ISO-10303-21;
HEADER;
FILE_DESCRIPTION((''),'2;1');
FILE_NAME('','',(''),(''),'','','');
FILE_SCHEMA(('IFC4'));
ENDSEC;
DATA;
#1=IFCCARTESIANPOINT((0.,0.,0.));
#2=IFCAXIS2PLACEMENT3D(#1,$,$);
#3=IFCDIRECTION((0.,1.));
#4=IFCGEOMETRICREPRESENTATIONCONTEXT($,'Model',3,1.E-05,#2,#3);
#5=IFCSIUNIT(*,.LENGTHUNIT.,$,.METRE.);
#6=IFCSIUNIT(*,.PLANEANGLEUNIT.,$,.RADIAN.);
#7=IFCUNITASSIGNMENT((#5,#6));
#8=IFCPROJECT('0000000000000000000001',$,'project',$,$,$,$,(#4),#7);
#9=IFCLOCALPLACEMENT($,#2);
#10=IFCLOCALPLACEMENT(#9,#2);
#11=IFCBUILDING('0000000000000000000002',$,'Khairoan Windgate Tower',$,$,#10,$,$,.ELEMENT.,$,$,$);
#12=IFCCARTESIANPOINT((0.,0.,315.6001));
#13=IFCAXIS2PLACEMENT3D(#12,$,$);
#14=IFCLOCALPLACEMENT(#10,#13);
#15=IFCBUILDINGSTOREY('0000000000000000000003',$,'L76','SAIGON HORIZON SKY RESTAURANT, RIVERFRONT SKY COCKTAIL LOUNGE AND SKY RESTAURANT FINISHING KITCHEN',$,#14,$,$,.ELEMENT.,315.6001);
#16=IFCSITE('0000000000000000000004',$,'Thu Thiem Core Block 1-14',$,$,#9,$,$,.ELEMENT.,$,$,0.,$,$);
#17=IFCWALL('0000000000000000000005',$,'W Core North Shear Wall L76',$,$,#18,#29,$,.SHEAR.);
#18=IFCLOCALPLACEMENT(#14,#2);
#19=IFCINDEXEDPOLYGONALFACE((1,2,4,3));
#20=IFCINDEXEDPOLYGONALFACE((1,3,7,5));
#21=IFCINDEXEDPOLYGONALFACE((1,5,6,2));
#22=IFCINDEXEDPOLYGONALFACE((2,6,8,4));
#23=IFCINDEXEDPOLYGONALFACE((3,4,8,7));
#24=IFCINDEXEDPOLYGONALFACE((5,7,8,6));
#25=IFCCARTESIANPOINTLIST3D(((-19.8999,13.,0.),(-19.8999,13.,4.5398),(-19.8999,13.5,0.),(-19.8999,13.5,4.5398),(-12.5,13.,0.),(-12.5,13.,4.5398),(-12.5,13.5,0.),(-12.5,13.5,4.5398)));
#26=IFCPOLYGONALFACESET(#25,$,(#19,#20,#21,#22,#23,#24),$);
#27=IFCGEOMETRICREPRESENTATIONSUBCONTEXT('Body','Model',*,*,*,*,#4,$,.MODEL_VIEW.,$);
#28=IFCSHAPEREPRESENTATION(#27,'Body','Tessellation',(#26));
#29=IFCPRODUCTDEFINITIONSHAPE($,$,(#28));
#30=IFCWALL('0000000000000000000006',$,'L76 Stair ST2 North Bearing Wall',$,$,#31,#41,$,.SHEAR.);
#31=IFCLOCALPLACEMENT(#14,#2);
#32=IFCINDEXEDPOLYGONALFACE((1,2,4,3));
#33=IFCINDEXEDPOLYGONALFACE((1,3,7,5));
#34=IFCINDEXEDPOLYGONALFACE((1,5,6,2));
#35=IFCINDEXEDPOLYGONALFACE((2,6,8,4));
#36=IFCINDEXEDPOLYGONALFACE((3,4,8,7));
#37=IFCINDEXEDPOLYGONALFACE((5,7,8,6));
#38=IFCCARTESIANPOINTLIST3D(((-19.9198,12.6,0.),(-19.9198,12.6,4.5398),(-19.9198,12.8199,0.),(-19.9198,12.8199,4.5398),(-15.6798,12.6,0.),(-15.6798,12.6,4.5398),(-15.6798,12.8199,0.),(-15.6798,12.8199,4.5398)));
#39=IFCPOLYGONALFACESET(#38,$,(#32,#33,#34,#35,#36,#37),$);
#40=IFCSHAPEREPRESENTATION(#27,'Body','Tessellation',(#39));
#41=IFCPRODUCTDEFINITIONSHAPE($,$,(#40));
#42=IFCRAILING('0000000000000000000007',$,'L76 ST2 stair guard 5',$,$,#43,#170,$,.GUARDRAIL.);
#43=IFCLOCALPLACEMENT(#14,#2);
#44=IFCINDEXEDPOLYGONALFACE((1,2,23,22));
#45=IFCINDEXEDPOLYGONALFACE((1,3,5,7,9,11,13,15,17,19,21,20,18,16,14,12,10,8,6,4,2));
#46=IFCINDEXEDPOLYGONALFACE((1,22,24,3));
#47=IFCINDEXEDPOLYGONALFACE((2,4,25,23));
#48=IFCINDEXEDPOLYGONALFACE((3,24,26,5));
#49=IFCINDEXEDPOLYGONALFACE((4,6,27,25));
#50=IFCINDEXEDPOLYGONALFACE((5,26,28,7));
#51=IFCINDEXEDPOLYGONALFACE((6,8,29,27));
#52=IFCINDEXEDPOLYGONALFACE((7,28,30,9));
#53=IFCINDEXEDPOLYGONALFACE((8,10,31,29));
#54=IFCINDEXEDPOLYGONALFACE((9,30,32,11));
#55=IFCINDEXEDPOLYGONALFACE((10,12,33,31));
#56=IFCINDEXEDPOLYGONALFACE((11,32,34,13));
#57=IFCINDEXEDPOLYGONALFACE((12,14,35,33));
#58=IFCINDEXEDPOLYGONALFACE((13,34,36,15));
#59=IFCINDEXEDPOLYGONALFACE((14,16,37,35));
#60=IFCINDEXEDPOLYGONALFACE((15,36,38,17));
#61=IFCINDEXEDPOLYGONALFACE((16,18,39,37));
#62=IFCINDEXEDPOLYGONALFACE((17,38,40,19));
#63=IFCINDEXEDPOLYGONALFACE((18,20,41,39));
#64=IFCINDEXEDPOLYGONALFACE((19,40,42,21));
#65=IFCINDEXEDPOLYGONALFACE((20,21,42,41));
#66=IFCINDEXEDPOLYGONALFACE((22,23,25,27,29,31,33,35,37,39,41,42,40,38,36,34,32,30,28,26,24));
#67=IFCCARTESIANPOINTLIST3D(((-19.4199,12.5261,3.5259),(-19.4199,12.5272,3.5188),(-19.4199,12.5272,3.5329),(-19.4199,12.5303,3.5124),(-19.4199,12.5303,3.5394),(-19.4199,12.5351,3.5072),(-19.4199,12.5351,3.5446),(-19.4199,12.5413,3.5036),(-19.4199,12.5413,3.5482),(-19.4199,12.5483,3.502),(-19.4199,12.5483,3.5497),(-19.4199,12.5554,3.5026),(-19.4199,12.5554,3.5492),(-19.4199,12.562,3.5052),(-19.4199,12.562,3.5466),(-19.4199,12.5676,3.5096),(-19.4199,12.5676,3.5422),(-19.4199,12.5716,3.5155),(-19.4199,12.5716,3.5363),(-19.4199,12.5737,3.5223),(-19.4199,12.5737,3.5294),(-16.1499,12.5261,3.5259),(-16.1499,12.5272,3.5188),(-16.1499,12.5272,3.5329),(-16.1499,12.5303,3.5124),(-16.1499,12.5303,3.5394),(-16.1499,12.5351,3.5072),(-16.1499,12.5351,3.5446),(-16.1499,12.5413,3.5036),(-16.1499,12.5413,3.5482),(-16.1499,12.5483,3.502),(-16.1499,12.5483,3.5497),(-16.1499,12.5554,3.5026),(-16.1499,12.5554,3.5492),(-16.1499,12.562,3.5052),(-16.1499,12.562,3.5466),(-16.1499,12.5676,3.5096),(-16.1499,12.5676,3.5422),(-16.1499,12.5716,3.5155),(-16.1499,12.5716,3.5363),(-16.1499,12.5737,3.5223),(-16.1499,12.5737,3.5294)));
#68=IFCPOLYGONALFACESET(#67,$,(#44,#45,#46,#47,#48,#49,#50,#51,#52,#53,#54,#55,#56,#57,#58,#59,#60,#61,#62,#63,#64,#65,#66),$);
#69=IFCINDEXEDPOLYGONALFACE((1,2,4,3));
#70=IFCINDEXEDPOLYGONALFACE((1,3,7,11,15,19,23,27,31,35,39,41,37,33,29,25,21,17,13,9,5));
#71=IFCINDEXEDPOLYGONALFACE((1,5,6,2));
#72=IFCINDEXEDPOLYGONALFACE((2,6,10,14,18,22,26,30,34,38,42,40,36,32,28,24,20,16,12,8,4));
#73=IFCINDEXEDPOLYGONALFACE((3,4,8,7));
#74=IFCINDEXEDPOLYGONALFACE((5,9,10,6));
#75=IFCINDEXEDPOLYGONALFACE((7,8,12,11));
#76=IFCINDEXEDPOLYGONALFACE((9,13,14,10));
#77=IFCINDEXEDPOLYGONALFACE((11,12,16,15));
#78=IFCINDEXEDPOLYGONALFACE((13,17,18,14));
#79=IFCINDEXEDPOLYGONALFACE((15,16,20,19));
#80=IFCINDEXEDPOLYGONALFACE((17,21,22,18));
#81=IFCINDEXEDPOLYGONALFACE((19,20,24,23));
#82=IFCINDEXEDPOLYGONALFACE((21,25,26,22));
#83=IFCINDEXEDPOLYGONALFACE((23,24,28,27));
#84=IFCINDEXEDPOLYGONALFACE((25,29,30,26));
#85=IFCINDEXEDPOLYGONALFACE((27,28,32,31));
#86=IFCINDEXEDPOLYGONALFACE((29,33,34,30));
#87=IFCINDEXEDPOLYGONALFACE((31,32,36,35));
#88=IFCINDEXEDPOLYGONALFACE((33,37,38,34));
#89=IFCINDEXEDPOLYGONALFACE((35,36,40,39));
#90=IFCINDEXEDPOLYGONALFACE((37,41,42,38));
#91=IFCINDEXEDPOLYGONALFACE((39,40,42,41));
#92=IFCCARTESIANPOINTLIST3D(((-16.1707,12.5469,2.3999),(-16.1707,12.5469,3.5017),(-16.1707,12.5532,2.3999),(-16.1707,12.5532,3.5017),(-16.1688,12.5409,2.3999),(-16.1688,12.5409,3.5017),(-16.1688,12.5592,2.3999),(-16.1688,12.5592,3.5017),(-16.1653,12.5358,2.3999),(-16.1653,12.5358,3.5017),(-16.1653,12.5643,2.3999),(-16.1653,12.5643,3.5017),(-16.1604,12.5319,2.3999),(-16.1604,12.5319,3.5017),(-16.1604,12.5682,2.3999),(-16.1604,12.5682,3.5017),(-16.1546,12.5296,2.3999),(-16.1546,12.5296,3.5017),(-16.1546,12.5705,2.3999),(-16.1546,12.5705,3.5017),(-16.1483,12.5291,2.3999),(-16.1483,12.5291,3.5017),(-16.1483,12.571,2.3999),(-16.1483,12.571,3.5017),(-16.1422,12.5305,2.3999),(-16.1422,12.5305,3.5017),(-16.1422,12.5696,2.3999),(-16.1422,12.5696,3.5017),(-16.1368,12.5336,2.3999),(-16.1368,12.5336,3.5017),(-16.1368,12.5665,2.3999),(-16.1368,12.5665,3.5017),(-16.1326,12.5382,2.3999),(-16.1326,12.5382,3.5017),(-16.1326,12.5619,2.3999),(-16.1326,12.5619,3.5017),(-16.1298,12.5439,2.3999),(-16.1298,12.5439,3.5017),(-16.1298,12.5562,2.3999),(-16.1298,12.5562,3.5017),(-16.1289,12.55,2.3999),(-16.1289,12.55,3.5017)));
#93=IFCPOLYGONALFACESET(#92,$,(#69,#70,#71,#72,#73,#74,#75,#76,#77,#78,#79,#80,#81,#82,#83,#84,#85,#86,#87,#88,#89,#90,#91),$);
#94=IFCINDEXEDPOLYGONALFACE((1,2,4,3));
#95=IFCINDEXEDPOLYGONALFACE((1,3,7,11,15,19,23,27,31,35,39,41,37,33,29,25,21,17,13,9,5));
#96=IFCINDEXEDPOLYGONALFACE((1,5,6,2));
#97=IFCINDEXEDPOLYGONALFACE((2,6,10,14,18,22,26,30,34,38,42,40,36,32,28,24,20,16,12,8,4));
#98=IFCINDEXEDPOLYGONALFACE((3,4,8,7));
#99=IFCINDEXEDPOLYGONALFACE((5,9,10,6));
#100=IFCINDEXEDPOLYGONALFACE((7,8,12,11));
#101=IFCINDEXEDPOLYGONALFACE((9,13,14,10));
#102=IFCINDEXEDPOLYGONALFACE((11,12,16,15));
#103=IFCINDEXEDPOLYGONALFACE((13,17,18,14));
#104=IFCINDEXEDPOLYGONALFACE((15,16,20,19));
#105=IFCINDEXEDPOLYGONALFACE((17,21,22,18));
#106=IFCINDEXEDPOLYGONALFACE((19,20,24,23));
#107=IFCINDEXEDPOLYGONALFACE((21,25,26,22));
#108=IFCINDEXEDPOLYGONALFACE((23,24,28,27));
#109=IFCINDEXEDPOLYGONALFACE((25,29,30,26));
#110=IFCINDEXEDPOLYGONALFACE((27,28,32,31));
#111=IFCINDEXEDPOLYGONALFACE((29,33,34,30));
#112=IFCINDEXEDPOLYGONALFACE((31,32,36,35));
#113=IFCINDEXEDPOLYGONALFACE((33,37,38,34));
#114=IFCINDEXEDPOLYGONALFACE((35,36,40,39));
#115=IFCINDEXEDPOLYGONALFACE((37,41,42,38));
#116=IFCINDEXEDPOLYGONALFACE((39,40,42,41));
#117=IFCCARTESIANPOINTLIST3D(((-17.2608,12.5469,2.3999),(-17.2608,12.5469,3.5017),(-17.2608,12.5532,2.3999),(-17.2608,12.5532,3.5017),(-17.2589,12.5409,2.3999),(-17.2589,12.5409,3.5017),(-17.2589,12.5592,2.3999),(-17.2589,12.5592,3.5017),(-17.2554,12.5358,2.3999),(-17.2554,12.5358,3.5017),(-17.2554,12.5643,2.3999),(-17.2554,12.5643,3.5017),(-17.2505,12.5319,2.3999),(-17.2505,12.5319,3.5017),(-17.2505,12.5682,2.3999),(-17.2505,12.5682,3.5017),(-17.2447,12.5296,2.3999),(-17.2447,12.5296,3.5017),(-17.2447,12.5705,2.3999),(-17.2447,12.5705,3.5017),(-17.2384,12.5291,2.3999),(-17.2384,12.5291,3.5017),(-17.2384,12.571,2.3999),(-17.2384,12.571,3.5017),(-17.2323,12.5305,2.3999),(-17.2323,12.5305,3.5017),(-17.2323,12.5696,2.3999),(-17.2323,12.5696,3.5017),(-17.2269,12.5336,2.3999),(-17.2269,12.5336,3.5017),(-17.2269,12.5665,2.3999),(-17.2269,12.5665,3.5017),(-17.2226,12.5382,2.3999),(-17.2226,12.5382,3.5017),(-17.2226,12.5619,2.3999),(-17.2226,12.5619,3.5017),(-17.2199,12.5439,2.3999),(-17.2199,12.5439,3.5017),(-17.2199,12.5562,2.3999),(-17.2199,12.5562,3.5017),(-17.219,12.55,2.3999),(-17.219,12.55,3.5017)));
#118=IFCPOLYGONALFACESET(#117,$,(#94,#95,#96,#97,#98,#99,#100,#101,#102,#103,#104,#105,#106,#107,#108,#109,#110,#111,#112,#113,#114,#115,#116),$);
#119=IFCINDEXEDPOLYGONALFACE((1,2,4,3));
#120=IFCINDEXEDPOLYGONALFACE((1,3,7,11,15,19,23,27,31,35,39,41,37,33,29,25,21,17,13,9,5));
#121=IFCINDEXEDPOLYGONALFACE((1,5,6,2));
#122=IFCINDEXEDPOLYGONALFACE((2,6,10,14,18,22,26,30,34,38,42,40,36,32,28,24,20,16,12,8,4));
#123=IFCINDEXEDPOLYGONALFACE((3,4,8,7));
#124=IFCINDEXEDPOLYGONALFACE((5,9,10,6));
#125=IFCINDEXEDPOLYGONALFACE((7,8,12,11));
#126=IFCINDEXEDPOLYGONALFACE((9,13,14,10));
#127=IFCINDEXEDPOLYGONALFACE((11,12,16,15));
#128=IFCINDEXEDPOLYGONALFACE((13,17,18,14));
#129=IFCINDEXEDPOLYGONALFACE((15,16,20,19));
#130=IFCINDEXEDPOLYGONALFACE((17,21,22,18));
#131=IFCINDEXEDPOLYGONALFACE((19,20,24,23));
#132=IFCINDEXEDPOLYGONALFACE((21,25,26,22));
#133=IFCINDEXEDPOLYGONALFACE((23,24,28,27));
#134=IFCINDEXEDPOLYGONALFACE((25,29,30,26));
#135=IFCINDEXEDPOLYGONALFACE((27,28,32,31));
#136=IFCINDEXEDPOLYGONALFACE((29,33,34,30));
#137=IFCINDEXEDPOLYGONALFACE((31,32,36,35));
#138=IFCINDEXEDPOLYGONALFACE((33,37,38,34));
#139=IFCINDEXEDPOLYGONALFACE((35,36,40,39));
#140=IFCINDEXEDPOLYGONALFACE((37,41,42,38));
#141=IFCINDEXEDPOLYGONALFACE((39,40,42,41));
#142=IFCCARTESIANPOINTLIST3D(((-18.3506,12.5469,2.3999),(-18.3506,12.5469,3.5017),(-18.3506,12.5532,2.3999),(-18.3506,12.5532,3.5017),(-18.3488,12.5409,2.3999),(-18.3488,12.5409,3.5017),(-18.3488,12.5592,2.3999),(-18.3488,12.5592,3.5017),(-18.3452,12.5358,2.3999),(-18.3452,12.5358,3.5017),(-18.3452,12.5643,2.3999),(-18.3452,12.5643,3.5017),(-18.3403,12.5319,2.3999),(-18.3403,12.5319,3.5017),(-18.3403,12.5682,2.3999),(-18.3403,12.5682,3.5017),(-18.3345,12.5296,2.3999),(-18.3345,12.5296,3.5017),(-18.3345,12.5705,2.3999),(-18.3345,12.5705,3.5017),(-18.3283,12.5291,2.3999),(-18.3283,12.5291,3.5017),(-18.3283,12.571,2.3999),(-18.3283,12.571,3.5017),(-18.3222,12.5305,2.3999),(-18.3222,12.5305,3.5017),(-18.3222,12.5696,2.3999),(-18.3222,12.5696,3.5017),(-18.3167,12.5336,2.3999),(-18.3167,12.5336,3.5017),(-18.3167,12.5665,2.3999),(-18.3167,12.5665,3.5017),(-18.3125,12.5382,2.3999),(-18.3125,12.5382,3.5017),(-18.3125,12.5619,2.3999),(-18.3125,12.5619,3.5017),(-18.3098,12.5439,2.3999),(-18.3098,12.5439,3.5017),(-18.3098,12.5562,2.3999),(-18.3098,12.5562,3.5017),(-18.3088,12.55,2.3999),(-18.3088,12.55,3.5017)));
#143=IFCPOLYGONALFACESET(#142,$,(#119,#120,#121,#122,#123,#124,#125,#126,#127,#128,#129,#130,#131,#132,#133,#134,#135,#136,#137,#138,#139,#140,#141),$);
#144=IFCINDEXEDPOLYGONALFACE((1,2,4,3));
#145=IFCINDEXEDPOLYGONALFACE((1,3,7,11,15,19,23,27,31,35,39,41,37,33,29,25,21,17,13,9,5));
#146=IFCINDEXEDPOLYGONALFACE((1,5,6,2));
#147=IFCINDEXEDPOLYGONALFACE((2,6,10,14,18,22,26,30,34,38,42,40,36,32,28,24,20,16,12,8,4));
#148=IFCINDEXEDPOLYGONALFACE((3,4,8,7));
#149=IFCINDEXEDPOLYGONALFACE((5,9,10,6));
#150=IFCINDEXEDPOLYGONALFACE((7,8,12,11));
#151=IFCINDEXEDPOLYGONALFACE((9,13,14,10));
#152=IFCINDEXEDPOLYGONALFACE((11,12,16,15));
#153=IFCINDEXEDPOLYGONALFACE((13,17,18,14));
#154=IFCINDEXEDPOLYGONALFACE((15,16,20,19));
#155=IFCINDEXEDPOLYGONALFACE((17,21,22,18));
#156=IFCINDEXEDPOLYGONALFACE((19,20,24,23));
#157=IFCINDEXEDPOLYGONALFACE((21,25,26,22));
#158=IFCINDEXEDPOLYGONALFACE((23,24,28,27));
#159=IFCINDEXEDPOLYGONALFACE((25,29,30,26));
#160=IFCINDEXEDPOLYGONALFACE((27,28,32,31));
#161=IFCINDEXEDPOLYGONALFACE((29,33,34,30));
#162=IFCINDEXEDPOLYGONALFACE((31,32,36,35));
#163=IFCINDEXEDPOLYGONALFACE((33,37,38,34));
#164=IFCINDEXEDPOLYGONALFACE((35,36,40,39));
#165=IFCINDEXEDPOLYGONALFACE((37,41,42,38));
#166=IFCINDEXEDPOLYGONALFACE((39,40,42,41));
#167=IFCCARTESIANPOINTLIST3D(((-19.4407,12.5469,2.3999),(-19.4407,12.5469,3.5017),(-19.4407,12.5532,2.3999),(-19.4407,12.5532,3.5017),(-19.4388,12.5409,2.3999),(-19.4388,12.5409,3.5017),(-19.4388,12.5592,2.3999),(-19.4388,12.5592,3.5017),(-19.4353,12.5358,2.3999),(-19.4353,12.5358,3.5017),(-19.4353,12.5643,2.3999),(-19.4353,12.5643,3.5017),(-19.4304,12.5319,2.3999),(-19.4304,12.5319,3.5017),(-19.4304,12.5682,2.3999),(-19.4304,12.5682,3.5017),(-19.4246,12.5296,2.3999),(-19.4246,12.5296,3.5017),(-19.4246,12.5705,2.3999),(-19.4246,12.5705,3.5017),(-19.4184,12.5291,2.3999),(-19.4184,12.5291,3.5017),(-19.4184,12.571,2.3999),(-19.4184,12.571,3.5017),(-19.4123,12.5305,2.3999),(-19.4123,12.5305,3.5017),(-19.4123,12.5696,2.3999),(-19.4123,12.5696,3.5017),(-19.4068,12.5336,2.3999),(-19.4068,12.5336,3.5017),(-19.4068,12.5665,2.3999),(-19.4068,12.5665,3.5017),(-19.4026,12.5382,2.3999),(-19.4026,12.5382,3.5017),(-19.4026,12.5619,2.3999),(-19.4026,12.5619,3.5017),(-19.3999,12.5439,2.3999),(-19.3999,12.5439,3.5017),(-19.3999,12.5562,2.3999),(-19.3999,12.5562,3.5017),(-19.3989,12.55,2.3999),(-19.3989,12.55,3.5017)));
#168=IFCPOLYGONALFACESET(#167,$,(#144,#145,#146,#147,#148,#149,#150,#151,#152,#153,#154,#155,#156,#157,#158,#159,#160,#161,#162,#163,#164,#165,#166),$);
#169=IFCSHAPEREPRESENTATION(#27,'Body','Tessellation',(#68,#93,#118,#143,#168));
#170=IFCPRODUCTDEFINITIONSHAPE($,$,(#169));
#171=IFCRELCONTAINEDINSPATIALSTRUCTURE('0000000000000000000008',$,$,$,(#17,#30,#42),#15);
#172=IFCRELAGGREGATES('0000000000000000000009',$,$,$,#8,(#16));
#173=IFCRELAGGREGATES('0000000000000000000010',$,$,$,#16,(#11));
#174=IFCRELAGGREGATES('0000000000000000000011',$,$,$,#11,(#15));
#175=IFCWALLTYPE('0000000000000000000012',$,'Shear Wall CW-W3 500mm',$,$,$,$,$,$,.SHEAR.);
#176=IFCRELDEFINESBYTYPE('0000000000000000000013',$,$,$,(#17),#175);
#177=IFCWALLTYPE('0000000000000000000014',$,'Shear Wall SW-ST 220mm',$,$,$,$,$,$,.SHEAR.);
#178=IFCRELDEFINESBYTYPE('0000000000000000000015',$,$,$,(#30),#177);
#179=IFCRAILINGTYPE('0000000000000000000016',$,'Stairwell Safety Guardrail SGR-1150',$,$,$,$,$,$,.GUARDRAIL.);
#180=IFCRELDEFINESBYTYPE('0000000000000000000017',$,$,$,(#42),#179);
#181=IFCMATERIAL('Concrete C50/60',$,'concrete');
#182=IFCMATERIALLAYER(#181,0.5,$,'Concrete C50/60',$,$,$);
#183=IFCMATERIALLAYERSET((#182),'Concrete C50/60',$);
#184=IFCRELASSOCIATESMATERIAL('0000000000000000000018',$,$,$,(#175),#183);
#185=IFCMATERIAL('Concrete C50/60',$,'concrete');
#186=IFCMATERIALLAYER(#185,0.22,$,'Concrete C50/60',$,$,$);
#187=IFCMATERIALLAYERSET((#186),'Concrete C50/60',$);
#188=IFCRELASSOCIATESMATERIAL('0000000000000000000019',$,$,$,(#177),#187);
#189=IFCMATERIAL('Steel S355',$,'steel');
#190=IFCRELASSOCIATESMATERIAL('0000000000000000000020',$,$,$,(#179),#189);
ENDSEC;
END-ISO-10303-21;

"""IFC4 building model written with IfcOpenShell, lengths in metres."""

from ifc_helpers import new_model, si_unit, direction, frame, frame_2d, origin, origin_2d, place, context, subcontext, project, spatial, rectangle, circle, extrude, material, layer, layer_set, type_object, element, save


model = new_model("IFC4")

# Units and contexts
model_context = context("Model", 3, precision=1e-05, world=origin(), true_north=direction((0.0, 1.0)))
body_context = subcontext(model_context, "Body", "Model", "MODEL_VIEW")
ifc_project = project(units=[si_unit("LENGTHUNIT", "METRE"), si_unit("PLANEANGLEUNIT", "RADIAN")], contexts=[model_context])

# Site, building, storey
site_placement = place(None, origin())
site = spatial("IfcSite", under=ifc_project, at=site_placement, Name="Thu Thiem Core Block 1-14", CompositionType="ELEMENT", RefElevation=0.0)
building_placement = place(site_placement, origin())
building = spatial("IfcBuilding", under=site, at=building_placement, Name="Khairoan Windgate Tower", CompositionType="ELEMENT")
storey_placement = place(building_placement, frame((0.0, 0.0, 315.6001)))
storey = spatial("IfcBuildingStorey", under=building, at=storey_placement, Name="L76", Description="SAIGON HORIZON SKY RESTAURANT, RIVERFRONT SKY COCKTAIL LOUNGE AND SKY RESTAURANT FINISHING KITCHEN", CompositionType="ELEMENT", Elevation=315.6001)

# Walls
ifc_material_1 = material(Name="Concrete C50/60", Category="concrete")
ifc_layer_1 = layer(ifc_material_1, 0.5, Name="Concrete C50/60")
ifc_layer_set_1 = layer_set([ifc_layer_1], Name="Concrete C50/60")
wall_type_1 = type_object("IfcWallType", Name="Shear Wall CW-W3 500mm", PredefinedType="SHEAR", material=ifc_layer_set_1)
wall_1_placement = place(storey_placement, frame((-19.8999, 13.25, 0.0), z_axis=(0.0, 0.0, 1.0), x_axis=(1.0, 0.0, 0.0)))
element("IfcWall", 1, at=wall_1_placement, inside=storey, type_object=wall_type_1, Name="W Core North Shear Wall L76", PredefinedType="SHEAR", context=body_context, shape_type="SweptSolid", body=[
    extrude(rectangle(XDim=7.3999, YDim=0.5, at=frame_2d((3.7, 0.0))), origin(), (0.0, 0.0, 1.0), 4.5398),
])
ifc_material_2 = material(Name="Concrete C50/60", Category="concrete")
ifc_layer_2 = layer(ifc_material_2, 0.22, Name="Concrete C50/60")
ifc_layer_set_2 = layer_set([ifc_layer_2], Name="Concrete C50/60")
wall_type_2 = type_object("IfcWallType", Name="Shear Wall SW-ST 220mm", PredefinedType="SHEAR", material=ifc_layer_set_2)
wall_2_placement = place(storey_placement, frame((-19.9199, 12.71, 0.0), z_axis=(0.0, 0.0, 1.0), x_axis=(1.0, 0.0, 0.0)))
element("IfcWall", 2, at=wall_2_placement, inside=storey, type_object=wall_type_2, Name="L76 Stair ST2 North Bearing Wall", PredefinedType="SHEAR", context=body_context, shape_type="SweptSolid", body=[
    extrude(rectangle(XDim=4.24, YDim=0.22, at=frame_2d((2.1201, 0.0))), origin(), (0.0, 0.0, 1.0), 4.5398),
])

# Railing
ifc_material_3 = material(Name="Steel S355", Category="steel")
railing_type = type_object("IfcRailingType", Name="Stairwell Safety Guardrail SGR-1150", PredefinedType="GUARDRAIL", material=ifc_material_3)
railing_1_placement = place(storey_placement, frame((-16.1499, 12.55, 2.3999)))
element("IfcRailing", 3, at=railing_1_placement, inside=storey, type_object=railing_type, Name="L76 ST2 stair guard 5", PredefinedType="GUARDRAIL", context=body_context, shape_type="SweptSolid", body=[
    extrude(circle(Radius=0.0239, at=origin_2d()), frame((0.0, 0.0, 1.126), z_axis=(-1.0, 0.0, 0.0), x_axis=(0.0, -1.0, 0.0)), (0.0, 0.0, 1.0), 3.27),
    extrude(circle(Radius=0.021, at=origin_2d()), origin(), (0.0, 0.0, 1.0), 1.1018),
    extrude(circle(Radius=0.021, at=origin_2d()), frame((-1.0901, 0.0, 0.0)), (0.0, 0.0, 1.0), 1.1018),
    extrude(circle(Radius=0.021, at=origin_2d()), frame((-2.1799, 0.0, 0.0)), (0.0, 0.0, 1.0), 1.1018),
    extrude(circle(Radius=0.021, at=origin_2d()), frame((-3.27, 0.0, 0.0)), (0.0, 0.0, 1.0), 1.1018),
])

save(model, "model.ifc")
